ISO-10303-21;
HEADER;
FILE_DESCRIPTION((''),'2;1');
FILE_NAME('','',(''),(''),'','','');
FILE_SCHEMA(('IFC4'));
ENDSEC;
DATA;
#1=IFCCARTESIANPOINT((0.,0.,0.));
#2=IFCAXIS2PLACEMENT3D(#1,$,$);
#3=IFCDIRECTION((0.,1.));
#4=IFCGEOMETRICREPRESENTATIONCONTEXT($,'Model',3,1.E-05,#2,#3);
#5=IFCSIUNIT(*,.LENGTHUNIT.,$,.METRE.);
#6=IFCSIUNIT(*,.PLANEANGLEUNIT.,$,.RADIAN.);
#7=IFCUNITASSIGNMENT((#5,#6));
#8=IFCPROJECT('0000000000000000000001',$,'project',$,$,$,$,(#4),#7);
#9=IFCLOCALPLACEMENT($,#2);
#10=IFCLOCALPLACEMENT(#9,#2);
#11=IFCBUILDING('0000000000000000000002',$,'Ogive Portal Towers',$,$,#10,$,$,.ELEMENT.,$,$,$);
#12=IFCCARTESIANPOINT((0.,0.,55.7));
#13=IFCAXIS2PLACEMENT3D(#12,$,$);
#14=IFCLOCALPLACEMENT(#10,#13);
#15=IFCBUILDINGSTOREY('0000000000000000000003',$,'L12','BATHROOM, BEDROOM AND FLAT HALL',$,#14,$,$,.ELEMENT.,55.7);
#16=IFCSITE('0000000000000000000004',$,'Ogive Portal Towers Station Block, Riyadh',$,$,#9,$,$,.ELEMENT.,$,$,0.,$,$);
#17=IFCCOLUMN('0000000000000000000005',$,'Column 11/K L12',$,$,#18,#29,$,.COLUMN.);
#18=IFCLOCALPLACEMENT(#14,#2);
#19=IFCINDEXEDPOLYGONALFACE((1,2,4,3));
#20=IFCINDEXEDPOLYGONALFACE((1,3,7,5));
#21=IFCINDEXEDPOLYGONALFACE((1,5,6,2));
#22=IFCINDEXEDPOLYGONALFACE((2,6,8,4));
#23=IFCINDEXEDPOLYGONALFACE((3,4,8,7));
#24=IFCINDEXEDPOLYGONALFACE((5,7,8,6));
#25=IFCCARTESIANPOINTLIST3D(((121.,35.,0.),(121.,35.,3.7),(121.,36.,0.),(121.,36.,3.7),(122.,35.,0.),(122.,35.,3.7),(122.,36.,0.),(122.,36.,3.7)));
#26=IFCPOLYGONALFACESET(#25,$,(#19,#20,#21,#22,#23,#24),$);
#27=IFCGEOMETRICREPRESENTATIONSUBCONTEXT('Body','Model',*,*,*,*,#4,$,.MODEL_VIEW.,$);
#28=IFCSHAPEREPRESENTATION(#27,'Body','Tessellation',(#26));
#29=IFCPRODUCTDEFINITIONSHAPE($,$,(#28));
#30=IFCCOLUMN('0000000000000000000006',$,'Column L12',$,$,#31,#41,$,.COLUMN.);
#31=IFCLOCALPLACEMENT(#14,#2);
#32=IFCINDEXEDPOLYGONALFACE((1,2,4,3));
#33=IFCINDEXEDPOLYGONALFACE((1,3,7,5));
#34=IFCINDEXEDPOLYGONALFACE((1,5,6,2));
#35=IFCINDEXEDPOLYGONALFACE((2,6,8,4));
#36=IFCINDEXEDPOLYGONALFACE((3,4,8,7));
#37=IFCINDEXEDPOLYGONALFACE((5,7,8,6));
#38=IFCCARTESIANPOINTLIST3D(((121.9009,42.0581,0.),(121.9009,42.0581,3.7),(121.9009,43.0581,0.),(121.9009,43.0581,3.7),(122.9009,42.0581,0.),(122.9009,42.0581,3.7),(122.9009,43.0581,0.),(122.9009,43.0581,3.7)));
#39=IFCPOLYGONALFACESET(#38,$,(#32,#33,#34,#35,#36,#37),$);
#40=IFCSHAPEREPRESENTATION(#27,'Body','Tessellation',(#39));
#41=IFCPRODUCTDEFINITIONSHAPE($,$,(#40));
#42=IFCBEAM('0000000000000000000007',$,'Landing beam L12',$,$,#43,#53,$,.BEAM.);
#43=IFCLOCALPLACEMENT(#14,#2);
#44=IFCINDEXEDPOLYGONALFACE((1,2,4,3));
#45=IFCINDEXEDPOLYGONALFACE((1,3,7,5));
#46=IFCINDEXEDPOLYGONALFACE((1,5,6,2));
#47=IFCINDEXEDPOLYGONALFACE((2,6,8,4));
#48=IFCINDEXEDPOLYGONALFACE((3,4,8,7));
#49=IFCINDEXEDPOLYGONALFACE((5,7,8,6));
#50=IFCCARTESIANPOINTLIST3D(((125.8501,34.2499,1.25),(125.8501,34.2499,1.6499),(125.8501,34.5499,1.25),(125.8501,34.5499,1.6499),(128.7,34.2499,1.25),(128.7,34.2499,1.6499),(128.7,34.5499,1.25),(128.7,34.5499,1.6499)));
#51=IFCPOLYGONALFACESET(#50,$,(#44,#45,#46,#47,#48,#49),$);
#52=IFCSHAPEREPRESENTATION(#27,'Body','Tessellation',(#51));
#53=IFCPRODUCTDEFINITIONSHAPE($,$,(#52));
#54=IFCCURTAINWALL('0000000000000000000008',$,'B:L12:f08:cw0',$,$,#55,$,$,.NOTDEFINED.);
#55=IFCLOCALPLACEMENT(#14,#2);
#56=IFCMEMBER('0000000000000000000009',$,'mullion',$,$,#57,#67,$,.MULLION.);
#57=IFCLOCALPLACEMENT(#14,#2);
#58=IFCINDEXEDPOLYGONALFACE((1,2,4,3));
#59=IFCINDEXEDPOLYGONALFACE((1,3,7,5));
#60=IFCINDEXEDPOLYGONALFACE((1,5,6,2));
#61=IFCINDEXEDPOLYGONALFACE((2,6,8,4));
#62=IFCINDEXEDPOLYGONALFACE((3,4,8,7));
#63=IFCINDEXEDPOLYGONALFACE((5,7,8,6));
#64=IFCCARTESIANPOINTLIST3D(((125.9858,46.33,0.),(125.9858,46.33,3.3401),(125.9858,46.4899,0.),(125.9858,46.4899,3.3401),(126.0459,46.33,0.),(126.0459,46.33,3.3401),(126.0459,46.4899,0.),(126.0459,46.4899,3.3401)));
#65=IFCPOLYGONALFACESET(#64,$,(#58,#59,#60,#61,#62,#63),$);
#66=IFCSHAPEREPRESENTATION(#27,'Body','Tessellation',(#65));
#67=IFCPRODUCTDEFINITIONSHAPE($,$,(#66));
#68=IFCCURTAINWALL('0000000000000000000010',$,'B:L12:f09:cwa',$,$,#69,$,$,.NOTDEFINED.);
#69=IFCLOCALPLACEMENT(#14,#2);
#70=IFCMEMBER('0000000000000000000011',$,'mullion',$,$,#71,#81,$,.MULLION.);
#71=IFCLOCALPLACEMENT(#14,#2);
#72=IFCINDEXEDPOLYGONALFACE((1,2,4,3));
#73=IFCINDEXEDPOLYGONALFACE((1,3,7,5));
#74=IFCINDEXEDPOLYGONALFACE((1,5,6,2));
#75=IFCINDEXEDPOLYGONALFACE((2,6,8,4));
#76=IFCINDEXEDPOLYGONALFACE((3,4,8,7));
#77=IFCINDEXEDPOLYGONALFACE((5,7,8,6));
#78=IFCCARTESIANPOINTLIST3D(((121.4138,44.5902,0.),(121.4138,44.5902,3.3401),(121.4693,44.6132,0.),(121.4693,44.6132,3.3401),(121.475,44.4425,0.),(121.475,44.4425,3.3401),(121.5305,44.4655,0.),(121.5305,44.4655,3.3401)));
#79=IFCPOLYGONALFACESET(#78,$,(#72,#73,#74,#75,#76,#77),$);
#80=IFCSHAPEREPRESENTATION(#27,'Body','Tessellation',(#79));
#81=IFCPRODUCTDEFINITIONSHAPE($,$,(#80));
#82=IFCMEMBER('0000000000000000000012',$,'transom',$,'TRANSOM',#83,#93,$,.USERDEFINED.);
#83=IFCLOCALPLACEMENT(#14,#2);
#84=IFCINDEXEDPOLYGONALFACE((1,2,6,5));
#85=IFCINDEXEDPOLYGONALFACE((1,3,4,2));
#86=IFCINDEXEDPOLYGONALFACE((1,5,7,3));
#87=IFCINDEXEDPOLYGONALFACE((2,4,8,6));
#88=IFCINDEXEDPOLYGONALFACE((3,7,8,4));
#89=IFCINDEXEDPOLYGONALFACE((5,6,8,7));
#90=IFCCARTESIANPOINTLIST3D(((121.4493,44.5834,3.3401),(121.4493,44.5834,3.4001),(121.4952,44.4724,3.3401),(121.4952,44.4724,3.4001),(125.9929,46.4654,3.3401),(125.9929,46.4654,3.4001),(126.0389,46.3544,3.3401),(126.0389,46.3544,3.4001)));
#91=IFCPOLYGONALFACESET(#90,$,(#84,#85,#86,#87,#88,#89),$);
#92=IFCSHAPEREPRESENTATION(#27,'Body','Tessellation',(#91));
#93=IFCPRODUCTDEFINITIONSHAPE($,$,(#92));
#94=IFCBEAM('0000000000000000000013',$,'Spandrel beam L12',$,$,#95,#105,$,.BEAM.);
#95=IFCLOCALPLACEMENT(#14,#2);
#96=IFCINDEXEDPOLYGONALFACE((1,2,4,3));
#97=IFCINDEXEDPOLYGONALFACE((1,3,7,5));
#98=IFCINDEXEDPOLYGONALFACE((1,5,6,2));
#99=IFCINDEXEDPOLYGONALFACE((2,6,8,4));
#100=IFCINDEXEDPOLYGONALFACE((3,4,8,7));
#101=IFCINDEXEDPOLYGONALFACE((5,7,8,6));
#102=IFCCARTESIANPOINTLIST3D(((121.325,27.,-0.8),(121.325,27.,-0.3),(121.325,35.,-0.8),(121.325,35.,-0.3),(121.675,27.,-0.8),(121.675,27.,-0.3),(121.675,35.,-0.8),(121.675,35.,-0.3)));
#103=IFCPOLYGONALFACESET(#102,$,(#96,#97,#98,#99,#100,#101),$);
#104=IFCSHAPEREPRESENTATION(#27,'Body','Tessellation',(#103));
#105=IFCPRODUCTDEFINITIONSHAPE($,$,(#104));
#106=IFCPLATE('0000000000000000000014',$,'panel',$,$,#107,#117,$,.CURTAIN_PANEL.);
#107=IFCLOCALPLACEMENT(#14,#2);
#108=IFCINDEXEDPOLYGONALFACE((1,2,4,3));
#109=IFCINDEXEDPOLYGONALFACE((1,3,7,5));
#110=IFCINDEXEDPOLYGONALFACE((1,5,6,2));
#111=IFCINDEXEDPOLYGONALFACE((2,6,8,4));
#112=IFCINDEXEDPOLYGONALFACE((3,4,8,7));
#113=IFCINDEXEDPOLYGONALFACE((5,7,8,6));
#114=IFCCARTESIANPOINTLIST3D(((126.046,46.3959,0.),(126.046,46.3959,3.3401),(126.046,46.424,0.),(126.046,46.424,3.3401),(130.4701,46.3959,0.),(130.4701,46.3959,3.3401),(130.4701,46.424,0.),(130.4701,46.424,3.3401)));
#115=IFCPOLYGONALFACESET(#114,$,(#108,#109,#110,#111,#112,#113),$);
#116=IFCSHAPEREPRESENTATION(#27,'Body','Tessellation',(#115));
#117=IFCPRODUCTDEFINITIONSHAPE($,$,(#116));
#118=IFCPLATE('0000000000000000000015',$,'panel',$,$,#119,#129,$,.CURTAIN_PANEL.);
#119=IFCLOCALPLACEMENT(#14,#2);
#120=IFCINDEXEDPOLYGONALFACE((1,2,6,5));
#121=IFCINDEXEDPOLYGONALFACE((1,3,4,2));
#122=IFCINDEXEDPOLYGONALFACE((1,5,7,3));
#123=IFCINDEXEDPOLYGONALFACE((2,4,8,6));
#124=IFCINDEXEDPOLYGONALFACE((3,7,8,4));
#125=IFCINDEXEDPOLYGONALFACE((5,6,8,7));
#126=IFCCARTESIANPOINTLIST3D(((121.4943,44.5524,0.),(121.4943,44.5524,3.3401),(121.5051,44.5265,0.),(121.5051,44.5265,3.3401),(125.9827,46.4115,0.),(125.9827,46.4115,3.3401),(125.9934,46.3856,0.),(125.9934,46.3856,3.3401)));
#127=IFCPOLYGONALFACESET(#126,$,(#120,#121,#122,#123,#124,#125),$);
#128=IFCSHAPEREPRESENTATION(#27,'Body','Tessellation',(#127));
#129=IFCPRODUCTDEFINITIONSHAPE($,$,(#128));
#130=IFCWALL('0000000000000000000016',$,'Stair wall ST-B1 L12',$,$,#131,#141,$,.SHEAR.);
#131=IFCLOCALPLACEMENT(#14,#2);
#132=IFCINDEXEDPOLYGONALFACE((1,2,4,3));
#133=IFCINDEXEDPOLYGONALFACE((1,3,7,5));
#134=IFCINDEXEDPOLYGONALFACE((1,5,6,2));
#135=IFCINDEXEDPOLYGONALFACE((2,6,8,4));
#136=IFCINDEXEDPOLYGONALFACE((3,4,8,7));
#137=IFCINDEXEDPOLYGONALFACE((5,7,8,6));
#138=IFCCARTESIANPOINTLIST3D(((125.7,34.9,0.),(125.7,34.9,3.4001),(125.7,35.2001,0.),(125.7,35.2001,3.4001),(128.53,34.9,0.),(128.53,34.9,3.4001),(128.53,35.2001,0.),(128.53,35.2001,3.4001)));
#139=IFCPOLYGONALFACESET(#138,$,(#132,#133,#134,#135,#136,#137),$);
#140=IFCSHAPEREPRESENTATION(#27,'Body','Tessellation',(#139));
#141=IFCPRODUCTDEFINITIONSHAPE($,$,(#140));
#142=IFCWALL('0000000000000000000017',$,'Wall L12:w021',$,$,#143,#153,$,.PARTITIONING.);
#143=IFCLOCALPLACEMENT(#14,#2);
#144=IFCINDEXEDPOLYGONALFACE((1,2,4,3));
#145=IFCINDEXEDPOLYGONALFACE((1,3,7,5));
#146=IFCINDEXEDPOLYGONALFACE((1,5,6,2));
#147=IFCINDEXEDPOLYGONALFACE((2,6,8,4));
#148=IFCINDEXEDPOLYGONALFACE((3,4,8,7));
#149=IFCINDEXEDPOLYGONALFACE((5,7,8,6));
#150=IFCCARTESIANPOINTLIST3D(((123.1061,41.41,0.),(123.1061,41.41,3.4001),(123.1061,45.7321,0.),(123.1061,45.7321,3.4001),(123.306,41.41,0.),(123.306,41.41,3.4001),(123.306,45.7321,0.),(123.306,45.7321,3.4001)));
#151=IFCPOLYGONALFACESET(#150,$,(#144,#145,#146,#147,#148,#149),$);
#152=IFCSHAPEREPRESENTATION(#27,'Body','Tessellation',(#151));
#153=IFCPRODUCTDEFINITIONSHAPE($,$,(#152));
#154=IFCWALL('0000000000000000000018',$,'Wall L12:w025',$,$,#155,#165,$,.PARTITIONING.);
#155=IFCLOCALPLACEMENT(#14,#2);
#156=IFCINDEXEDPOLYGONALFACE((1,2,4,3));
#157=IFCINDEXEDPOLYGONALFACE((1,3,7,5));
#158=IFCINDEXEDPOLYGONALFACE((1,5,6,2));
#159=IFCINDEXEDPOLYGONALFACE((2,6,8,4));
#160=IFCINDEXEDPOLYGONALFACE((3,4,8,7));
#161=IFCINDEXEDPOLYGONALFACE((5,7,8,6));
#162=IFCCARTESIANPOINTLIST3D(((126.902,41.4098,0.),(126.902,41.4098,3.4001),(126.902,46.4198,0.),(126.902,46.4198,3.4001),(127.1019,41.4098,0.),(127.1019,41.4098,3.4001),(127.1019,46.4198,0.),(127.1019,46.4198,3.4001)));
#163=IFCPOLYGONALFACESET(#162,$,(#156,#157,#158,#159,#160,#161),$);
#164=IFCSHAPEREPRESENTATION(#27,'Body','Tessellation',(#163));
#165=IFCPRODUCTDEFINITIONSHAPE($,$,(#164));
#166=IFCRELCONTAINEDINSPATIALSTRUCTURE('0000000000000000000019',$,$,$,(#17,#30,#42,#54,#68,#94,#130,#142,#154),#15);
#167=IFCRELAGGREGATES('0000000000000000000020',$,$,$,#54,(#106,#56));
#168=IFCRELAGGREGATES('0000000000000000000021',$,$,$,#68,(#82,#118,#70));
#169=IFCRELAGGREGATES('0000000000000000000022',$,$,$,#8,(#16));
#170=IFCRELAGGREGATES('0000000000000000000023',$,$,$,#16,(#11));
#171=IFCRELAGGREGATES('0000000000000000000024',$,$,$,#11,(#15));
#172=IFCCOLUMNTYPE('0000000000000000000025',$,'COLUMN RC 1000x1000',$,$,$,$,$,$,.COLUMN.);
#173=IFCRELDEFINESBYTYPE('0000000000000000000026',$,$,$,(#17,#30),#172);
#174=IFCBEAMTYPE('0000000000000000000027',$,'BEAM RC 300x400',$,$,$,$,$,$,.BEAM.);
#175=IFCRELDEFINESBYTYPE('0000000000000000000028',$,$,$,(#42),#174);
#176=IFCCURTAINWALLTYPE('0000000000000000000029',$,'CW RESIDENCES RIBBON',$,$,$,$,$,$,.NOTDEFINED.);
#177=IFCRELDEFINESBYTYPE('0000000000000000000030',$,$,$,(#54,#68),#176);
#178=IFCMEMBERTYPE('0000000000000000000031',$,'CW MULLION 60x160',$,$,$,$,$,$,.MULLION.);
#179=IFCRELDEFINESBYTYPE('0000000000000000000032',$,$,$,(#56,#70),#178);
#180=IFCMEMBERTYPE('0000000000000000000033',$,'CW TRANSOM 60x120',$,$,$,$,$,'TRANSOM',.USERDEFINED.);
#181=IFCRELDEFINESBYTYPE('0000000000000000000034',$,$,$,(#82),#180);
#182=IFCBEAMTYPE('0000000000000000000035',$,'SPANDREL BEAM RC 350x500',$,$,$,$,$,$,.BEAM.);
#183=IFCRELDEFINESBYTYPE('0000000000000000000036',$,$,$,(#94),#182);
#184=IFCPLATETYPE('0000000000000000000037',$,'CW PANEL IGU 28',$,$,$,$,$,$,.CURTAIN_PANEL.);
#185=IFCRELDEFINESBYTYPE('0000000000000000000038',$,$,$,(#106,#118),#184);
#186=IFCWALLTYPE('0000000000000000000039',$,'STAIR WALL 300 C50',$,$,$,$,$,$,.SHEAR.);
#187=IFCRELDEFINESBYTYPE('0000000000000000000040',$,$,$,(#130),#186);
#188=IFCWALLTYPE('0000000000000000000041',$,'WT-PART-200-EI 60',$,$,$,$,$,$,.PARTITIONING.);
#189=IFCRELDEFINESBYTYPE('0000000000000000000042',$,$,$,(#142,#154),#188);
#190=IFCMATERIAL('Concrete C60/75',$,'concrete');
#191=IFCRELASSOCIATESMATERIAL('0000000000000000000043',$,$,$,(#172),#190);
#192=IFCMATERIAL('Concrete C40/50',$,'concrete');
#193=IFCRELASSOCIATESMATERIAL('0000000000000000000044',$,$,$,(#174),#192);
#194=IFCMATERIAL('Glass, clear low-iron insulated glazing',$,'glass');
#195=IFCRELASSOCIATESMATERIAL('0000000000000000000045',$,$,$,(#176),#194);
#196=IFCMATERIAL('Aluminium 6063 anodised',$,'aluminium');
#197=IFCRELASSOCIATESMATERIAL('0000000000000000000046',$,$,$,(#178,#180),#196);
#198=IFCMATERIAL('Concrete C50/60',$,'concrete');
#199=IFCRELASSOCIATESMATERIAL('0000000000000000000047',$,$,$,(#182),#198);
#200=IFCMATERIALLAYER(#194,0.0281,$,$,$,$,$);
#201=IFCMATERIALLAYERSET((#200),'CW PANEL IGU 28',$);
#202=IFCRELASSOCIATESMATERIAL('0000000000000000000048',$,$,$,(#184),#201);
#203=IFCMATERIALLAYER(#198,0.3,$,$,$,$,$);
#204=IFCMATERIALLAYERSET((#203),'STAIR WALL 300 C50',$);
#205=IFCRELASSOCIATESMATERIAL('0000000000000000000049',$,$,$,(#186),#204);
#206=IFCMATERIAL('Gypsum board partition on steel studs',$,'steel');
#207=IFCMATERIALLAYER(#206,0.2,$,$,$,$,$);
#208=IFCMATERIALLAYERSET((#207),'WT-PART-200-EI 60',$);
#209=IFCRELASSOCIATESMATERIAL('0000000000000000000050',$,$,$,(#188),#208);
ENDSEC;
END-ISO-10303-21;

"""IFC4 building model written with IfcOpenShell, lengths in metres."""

from ifc_helpers import new_model, si_unit, direction, frame, frame_2d, origin, origin_2d, place, context, subcontext, project, spatial, rectangle, extrude, material, layer, layer_set, material_profile, profile_set, type_object, element, aggregate, save


model = new_model("IFC4")

# Units and contexts
model_context = context("Model", 3, precision=1e-05, world=origin(), true_north=direction((0.0, 1.0)))
body_context = subcontext(model_context, "Body", "Model", "MODEL_VIEW")
ifc_project = project(units=[si_unit("LENGTHUNIT", "METRE"), si_unit("PLANEANGLEUNIT", "RADIAN")], contexts=[model_context])

# Site, building, storey
site_placement = place(None, origin())
site = spatial("IfcSite", under=ifc_project, at=site_placement, Name="Ogive Portal Towers Station Block, Riyadh", CompositionType="ELEMENT", RefElevation=0.0)
building_placement = place(site_placement, origin())
building = spatial("IfcBuilding", under=site, at=building_placement, Name="Ogive Portal Towers", CompositionType="ELEMENT")
storey_placement = place(building_placement, frame((0.0, 0.0, 55.7)))
storey = spatial("IfcBuildingStorey", under=building, at=storey_placement, Name="L12", Description="BATHROOM, BEDROOM AND FLAT HALL", CompositionType="ELEMENT", Elevation=55.7)

# Columns
ifc_material_1 = material(Name="Concrete C60/75", Category="concrete")
ifc_material_profile_1 = material_profile(ifc_material_1, rectangle(XDim=1.0, YDim=1.0, at=origin_2d()), Name="RC 1000x1000")
ifc_profile_set_1 = profile_set([ifc_material_profile_1], Name="Concrete C60/75")
column_type = type_object("IfcColumnType", Name="COLUMN RC 1000x1000", PredefinedType="COLUMN", material=ifc_profile_set_1)
for number, where, z_axis, x_axis, name in (
    (1, (121.5, 35.5, 0.0), (0.0, 0.0, 1.0), (1.0, 0.0, 0.0), "Column 11/K L12"),
    (2, (122.4009, 42.5581, 0.0), (0.0, 0.0, 1.0), (1.0, 0.0, 0.0), "Column L12"),
):
    element("IfcColumn", number, at=place(storey_placement, frame(where, z_axis=z_axis, x_axis=x_axis)), inside=storey, type_object=column_type, Name=name, PredefinedType="COLUMN", context=body_context, shape_type="SweptSolid", body=[
        extrude(rectangle(XDim=1.0, YDim=1.0, at=origin_2d()), origin(), (0.0, 0.0, 1.0), 3.7),
    ])

# Beam
ifc_material_2 = material(Name="Concrete C40/50", Category="concrete")
ifc_material_profile_2 = material_profile(ifc_material_2, rectangle(XDim=0.3, YDim=0.3999, at=origin_2d()), Name="RC 300x400")
ifc_profile_set_2 = profile_set([ifc_material_profile_2], Name="Concrete C40/50")
beam_type_1 = type_object("IfcBeamType", Name="BEAM RC 300x400", PredefinedType="BEAM", material=ifc_profile_set_2)
beam_1_placement = place(storey_placement, frame((125.8501, 34.3999, 1.45), z_axis=(1.0, 0.0, 0.0), x_axis=(0.0, 1.0, 0.0)))
element("IfcBeam", 3, at=beam_1_placement, inside=storey, type_object=beam_type_1, Name="Landing beam L12", PredefinedType="BEAM", context=body_context, shape_type="SweptSolid", body=[
    extrude(rectangle(XDim=0.3, YDim=0.3999, at=origin_2d()), origin(), (0.0, 0.0, 1.0), 2.8499),
])

# Curtain wall, member
ifc_material_3 = material(Name="Glass, clear low-iron insulated glazing", Category="glass")
curtain_wall_type = type_object("IfcCurtainWallType", Name="CW RESIDENCES RIBBON", PredefinedType="NOTDEFINED", material=ifc_material_3)
curtain_wall_1_placement = place(storey_placement, origin())
curtain_wall_1 = element("IfcCurtainWall", 4, at=curtain_wall_1_placement, inside=storey, type_object=curtain_wall_type, Name="B:L12:f08:cw0", PredefinedType="NOTDEFINED")
ifc_material_4 = material(Name="Aluminium 6063 anodised", Category="aluminium")
ifc_material_profile_3 = material_profile(ifc_material_4, rectangle(XDim=0.1599, YDim=0.0601, at=origin_2d()), Name="AL 60x160")
ifc_profile_set_3 = profile_set([ifc_material_profile_3], Name="Aluminium 6063 anodised")
member_type_1 = type_object("IfcMemberType", Name="CW MULLION 60x160", PredefinedType="MULLION", material=ifc_profile_set_3)
member_1_placement = place(storey_placement, frame((126.0159, 46.4099, 0.0), z_axis=(0.0, 0.0, 1.0), x_axis=(0.0, -1.0, 0.0)))
member_1 = element("IfcMember", 5, at=member_1_placement, type_object=member_type_1, Name="mullion", PredefinedType="MULLION", context=body_context, shape_type="SweptSolid", body=[
    extrude(rectangle(XDim=0.1599, YDim=0.0601, at=origin_2d()), origin(), (0.0, 0.0, 1.0), 3.3401),
])

# Curtain wall, members
curtain_wall_2_placement = place(storey_placement, origin())
curtain_wall_2 = element("IfcCurtainWall", 6, at=curtain_wall_2_placement, inside=storey, type_object=curtain_wall_type, Name="B:L12:f09:cwa", PredefinedType="NOTDEFINED")
member_2_placement = place(storey_placement, frame((121.4722, 44.5278, 0.0), z_axis=(0.0, 0.0, 1.0), x_axis=(0.382683, -0.92388, 0.0)))
member_2 = element("IfcMember", 7, at=member_2_placement, type_object=member_type_1, Name="mullion", PredefinedType="MULLION", context=body_context, shape_type="SweptSolid", body=[
    extrude(rectangle(XDim=0.1599, YDim=0.0601, at=origin_2d()), origin(), (0.0, 0.0, 1.0), 3.3401),
])
ifc_material_profile_4 = material_profile(ifc_material_4, rectangle(XDim=0.1201, YDim=0.0601, at=origin_2d()), Name="AL 120x60")
ifc_profile_set_4 = profile_set([ifc_material_profile_4], Name="Aluminium 6063 anodised")
member_type_2 = type_object("IfcMemberType", Name="CW TRANSOM 60x120", ElementType="TRANSOM", PredefinedType="USERDEFINED", material=ifc_profile_set_4)
member_3_placement = place(storey_placement, frame((126.0159, 46.4099, 3.3701), z_axis=(-0.923878, -0.382686, 0.0), x_axis=(0.382686, -0.923878, 0.0)))
member_3 = element("IfcMember", 8, at=member_3_placement, type_object=member_type_2, Name="transom", ObjectType="TRANSOM", PredefinedType="USERDEFINED", context=body_context, shape_type="SweptSolid", body=[
    extrude(rectangle(XDim=0.1201, YDim=0.0601, at=origin_2d()), origin(), (0.0, 0.0, 1.0), 4.918),
])

# Beam
ifc_material_5 = material(Name="Concrete C50/60", Category="concrete")
ifc_material_profile_5 = material_profile(ifc_material_5, rectangle(XDim=0.3501, YDim=0.5, at=origin_2d()), Name="RC 350x500")
ifc_profile_set_5 = profile_set([ifc_material_profile_5], Name="Concrete C50/60")
beam_type_2 = type_object("IfcBeamType", Name="SPANDREL BEAM RC 350x500", PredefinedType="BEAM", material=ifc_profile_set_5)
beam_2_placement = place(storey_placement, frame((121.5, 35.0, -0.55), z_axis=(0.0, -1.0, 0.0), x_axis=(1.0, 0.0, 0.0)))
element("IfcBeam", 9, at=beam_2_placement, inside=storey, type_object=beam_type_2, Name="Spandrel beam L12", PredefinedType="BEAM", context=body_context, shape_type="SweptSolid", body=[
    extrude(rectangle(XDim=0.3501, YDim=0.5, at=origin_2d()), origin(), (0.0, 0.0, 1.0), 8.0),
])

# Plates
ifc_layer_1 = layer(ifc_material_3, 0.0281)
ifc_layer_set_1 = layer_set([ifc_layer_1], Name="CW PANEL IGU 28")
plate_type = type_object("IfcPlateType", Name="CW PANEL IGU 28", PredefinedType="CURTAIN_PANEL", material=ifc_layer_set_1)
plate_1_placement = place(storey_placement, frame((128.2581, 46.4099, 0.0), z_axis=(0.0, 0.0, 1.0), x_axis=(-1.0, 0.0, 0.0)))
plate_1 = element("IfcPlate", 10, at=plate_1_placement, type_object=plate_type, Name="panel", PredefinedType="CURTAIN_PANEL", context=body_context, shape_type="SweptSolid", body=[
    extrude(rectangle(XDim=4.4241, YDim=0.0281, at=origin_2d()), origin(), (0.0, 0.0, 1.0), 3.3401),
])
aggregate(curtain_wall_1, [plate_1, member_1])
plate_2_placement = place(storey_placement, frame((123.7439, 45.469, 0.0), z_axis=(0.0, 0.0, 1.0), x_axis=(-0.92388, -0.382683, 0.0)))
plate_2 = element("IfcPlate", 11, at=plate_2_placement, type_object=plate_type, Name="panel", PredefinedType="CURTAIN_PANEL", context=body_context, shape_type="SweptSolid", body=[
    extrude(rectangle(XDim=4.8582, YDim=0.0281, at=origin_2d()), origin(), (0.0, 0.0, 1.0), 3.3401),
])
aggregate(curtain_wall_2, [member_3, plate_2, member_2])

# Walls
ifc_layer_2 = layer(ifc_material_5, 0.3)
ifc_layer_set_2 = layer_set([ifc_layer_2], Name="STAIR WALL 300 C50")
wall_type_1 = type_object("IfcWallType", Name="STAIR WALL 300 C50", PredefinedType="SHEAR", material=ifc_layer_set_2)
wall_1_placement = place(storey_placement, frame((125.7, 35.05, 0.0), z_axis=(0.0, 0.0, 1.0), x_axis=(1.0, 0.0, 0.0)))
element("IfcWall", 12, at=wall_1_placement, inside=storey, type_object=wall_type_1, Name="Stair wall ST-B1 L12", PredefinedType="SHEAR", context=body_context, shape_type="SweptSolid", body=[
    extrude(rectangle(XDim=2.8301, YDim=0.3, at=frame_2d((1.415, 0.0))), origin(), (0.0, 0.0, 1.0), 3.4001),
])
ifc_material_6 = material(Name="Gypsum board partition on steel studs", Category="steel")
ifc_layer_3 = layer(ifc_material_6, 0.2)
ifc_layer_set_3 = layer_set([ifc_layer_3], Name="WT-PART-200-EI 60")
wall_type_2 = type_object("IfcWallType", Name="WT-PART-200-EI 60", PredefinedType="PARTITIONING", material=ifc_layer_set_3)
wall_2_placement = place(storey_placement, frame((123.2061, 41.4099, 0.0), z_axis=(0.0, 0.0, 1.0), x_axis=(0.0, 1.0, 0.0)))
element("IfcWall", 13, at=wall_2_placement, inside=storey, type_object=wall_type_2, Name="Wall L12:w021", PredefinedType="PARTITIONING", context=body_context, shape_type="SweptSolid", body=[
    extrude(rectangle(XDim=4.322, YDim=0.2, at=frame_2d((2.1611, 0.0))), origin(), (0.0, 0.0, 1.0), 3.4001),
])
wall_3_placement = place(storey_placement, frame((127.002, 41.4099, 0.0), z_axis=(0.0, 0.0, 1.0), x_axis=(0.0, 1.0, 0.0)))
element("IfcWall", 14, at=wall_3_placement, inside=storey, type_object=wall_type_2, Name="Wall L12:w025", PredefinedType="PARTITIONING", context=body_context, shape_type="SweptSolid", body=[
    extrude(rectangle(XDim=5.01, YDim=0.2, at=frame_2d((2.5049, 0.0))), origin(), (0.0, 0.0, 1.0), 3.4001),
])

save(model, "model.ifc")
